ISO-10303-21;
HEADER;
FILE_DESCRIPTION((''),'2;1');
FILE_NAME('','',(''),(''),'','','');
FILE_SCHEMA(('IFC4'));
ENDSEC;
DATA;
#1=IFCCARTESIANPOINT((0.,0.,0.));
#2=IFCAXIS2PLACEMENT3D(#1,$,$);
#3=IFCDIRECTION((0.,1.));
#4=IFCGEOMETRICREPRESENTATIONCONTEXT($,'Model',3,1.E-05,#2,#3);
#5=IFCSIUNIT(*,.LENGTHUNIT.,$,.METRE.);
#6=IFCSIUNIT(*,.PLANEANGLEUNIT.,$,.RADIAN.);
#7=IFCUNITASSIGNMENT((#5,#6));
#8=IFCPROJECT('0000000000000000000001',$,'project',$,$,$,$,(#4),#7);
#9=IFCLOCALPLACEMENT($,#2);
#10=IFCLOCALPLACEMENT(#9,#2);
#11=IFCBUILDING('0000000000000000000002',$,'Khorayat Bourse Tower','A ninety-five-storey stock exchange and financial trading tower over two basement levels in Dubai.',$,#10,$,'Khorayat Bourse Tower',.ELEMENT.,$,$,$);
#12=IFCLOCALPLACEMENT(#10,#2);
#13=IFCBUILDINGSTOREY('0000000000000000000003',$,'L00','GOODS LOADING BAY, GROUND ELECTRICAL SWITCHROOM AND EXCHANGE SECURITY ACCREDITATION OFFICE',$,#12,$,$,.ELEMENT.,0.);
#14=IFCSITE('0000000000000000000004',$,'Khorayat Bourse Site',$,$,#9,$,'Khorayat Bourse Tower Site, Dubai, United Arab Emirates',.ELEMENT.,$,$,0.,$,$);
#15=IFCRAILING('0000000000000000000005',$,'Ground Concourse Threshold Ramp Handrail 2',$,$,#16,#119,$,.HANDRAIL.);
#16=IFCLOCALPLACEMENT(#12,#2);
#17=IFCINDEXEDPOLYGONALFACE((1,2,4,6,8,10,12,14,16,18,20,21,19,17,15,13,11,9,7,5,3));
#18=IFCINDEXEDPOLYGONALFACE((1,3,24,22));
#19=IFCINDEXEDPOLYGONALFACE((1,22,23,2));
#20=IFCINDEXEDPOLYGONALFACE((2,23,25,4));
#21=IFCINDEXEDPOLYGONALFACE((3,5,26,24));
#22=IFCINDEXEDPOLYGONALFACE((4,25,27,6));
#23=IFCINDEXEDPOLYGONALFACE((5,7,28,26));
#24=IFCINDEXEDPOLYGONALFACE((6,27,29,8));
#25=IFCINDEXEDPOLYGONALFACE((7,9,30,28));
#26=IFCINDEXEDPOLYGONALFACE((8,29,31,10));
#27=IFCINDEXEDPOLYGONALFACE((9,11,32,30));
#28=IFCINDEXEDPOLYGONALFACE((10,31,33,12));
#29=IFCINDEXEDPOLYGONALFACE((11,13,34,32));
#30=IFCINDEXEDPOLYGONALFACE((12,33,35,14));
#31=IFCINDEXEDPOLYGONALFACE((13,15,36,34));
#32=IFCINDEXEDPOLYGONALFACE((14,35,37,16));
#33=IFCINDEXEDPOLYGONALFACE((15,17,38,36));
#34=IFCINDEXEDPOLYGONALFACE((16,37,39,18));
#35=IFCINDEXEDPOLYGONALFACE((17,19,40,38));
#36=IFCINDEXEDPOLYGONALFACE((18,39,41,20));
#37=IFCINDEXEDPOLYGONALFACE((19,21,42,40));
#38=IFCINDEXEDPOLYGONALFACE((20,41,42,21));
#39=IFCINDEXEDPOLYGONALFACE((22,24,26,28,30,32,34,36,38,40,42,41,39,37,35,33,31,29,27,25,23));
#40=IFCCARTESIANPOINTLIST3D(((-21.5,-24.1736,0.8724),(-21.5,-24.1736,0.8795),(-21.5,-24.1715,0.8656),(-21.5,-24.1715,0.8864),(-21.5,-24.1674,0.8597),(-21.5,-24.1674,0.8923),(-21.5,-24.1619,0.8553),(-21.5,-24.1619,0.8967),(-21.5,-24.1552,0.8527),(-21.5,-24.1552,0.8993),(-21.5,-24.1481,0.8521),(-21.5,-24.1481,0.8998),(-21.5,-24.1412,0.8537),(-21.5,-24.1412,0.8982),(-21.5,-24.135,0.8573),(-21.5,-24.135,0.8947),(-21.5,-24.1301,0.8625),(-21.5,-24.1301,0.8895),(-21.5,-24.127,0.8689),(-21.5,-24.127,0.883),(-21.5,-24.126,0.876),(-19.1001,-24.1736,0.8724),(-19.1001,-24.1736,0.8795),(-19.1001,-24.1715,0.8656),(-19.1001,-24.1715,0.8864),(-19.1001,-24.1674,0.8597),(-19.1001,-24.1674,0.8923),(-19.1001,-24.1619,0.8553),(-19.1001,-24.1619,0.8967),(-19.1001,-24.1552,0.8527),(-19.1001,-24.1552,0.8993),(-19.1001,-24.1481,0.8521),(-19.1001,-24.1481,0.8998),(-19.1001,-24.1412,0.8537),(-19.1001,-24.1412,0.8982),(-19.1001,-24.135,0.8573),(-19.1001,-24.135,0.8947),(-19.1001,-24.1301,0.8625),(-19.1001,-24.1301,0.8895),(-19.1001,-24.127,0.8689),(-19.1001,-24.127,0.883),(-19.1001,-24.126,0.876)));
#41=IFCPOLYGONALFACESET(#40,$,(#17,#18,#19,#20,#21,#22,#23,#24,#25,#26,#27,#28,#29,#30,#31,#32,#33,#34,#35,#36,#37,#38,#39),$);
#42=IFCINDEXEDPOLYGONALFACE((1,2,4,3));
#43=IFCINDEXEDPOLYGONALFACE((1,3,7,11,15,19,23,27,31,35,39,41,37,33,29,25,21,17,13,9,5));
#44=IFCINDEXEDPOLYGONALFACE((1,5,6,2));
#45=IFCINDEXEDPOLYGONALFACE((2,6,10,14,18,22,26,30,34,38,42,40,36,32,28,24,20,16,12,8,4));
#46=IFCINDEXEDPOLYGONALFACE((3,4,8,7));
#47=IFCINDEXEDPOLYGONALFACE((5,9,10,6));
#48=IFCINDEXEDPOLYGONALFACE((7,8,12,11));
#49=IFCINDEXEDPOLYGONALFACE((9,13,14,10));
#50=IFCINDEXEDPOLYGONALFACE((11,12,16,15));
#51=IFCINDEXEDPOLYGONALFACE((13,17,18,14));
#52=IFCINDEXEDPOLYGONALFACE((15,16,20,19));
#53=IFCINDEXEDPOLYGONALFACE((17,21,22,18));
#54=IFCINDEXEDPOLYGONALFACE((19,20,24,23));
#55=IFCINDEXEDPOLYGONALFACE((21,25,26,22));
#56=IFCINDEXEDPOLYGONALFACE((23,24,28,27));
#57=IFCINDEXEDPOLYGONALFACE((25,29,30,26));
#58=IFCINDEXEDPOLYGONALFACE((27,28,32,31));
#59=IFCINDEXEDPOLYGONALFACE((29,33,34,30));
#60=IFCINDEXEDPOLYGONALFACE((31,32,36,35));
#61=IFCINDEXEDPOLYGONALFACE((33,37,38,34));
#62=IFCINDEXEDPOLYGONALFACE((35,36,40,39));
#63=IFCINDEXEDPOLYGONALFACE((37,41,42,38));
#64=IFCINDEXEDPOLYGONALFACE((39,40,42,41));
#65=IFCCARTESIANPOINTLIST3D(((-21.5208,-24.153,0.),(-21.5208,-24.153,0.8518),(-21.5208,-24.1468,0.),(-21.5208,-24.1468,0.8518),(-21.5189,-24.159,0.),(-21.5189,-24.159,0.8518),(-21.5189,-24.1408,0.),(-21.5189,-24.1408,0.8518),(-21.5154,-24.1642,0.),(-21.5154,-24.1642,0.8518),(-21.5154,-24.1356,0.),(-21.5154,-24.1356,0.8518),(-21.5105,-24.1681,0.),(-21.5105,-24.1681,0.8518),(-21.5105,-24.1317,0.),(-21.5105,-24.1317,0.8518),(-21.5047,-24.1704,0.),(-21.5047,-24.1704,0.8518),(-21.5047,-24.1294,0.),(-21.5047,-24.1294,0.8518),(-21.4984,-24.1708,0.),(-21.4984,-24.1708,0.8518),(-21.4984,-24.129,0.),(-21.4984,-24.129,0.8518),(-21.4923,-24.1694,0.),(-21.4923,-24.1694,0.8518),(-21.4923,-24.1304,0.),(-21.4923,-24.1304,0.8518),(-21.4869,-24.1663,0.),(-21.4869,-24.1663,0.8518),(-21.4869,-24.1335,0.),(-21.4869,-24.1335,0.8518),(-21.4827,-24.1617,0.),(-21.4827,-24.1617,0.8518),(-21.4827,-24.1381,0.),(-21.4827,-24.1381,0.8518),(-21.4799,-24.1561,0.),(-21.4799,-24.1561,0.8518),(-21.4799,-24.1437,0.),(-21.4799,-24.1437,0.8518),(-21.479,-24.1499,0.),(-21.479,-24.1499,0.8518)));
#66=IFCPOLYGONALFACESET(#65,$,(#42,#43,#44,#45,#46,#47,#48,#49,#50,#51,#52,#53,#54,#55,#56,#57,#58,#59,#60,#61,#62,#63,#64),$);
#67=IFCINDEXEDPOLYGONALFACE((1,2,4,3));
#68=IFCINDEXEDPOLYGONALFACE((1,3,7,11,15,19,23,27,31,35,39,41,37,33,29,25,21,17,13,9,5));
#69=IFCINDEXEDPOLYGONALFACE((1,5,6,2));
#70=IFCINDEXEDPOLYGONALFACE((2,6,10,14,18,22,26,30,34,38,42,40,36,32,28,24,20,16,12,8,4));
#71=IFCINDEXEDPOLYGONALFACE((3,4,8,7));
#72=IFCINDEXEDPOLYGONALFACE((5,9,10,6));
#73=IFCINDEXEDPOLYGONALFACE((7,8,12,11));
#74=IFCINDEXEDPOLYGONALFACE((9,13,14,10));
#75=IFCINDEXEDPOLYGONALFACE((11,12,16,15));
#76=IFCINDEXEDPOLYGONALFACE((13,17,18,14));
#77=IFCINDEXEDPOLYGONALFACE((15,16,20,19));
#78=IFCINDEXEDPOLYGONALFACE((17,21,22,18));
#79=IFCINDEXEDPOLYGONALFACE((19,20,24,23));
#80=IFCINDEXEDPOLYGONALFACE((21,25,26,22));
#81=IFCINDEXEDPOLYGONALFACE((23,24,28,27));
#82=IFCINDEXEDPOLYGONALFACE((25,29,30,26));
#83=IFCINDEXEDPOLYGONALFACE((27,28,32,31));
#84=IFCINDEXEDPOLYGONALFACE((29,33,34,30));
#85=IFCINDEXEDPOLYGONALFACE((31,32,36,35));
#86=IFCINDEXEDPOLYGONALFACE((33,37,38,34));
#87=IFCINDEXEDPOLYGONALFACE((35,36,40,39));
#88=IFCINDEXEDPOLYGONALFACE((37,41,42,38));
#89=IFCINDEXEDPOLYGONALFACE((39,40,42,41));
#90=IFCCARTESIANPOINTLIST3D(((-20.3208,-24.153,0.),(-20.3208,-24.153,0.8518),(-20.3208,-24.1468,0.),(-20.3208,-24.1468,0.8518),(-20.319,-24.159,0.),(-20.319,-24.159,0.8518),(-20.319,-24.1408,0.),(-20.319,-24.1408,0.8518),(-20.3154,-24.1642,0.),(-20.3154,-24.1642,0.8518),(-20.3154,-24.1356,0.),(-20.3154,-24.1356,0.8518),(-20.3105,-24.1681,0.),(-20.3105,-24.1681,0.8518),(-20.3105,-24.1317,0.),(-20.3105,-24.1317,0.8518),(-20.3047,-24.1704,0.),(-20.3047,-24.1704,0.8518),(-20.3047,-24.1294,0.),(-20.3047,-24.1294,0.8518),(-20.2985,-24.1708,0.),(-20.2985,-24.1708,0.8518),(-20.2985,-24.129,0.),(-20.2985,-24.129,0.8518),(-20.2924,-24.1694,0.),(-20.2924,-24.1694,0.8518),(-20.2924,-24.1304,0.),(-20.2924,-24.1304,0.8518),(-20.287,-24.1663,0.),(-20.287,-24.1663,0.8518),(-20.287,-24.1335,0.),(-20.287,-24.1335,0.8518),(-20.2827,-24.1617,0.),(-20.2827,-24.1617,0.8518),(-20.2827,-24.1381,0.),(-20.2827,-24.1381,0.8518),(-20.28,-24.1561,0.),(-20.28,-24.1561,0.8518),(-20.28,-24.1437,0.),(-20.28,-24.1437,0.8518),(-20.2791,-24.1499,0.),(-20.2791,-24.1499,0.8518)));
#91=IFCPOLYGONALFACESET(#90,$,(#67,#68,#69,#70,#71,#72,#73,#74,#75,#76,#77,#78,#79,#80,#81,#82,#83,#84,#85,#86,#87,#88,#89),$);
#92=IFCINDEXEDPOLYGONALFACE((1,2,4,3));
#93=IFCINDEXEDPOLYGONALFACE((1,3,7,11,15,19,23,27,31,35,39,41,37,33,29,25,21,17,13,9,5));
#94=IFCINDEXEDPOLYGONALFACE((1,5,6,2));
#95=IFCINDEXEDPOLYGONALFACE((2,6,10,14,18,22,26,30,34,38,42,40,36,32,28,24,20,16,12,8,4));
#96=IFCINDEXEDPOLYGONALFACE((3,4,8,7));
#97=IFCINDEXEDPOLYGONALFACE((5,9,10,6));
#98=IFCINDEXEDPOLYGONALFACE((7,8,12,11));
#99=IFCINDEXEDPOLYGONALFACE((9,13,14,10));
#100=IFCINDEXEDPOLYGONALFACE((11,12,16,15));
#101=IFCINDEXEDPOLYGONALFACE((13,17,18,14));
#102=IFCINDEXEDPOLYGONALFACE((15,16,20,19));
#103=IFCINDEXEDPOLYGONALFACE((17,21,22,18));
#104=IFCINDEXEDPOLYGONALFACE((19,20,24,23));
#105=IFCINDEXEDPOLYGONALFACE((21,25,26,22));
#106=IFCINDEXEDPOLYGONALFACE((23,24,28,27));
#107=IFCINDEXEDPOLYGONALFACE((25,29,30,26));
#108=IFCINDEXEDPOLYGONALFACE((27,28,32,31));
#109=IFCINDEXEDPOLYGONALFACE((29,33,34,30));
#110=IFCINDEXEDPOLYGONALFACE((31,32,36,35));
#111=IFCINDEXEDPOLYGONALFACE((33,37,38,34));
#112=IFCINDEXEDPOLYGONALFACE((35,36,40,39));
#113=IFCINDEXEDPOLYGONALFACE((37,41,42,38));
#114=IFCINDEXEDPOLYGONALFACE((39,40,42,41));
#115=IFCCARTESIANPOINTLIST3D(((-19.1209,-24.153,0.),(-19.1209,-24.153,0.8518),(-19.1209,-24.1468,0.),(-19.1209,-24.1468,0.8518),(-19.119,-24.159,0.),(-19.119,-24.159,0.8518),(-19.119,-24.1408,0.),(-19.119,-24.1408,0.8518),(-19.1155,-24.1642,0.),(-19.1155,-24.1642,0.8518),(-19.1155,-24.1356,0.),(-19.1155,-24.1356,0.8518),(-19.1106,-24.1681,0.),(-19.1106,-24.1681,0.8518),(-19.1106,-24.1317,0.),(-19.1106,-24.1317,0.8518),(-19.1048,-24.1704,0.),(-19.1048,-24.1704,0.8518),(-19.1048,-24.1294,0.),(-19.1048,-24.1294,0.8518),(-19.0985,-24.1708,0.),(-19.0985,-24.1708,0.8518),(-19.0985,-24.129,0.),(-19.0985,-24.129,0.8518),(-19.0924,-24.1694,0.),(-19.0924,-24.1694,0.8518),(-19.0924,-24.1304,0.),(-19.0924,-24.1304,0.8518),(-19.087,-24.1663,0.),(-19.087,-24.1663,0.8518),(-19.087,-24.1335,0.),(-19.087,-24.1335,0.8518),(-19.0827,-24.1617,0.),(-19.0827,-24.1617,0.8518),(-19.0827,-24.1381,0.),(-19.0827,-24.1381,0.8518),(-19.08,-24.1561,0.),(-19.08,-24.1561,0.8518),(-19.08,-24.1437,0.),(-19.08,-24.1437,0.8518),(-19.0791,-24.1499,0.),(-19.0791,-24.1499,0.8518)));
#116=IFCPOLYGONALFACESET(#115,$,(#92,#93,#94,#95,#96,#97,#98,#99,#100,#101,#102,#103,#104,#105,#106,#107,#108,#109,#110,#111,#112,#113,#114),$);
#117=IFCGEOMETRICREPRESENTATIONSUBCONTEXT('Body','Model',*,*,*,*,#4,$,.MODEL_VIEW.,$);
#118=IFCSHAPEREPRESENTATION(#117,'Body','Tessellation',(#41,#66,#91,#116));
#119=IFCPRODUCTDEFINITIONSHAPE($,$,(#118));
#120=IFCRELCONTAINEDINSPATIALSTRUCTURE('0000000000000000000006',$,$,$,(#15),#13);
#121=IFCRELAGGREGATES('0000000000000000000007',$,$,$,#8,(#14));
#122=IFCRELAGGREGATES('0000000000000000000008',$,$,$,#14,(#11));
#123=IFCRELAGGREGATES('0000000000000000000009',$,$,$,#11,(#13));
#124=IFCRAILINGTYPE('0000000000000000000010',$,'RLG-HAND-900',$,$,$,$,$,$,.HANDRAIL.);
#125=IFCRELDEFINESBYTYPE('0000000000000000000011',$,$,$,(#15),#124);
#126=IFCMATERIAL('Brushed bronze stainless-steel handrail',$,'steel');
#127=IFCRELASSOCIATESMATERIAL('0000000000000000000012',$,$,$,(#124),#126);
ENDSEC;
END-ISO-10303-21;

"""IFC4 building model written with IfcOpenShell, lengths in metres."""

from ifc_helpers import new_model, si_unit, direction, frame, origin, origin_2d, place, context, subcontext, project, spatial, circle, extrude, source, transform, mapped, material, type_object, element, save


model = new_model("IFC4")

# Units and contexts
model_context = context("Model", 3, precision=1e-05, world=origin(), true_north=direction((0.0, 1.0)))
body_context = subcontext(model_context, "Body", "Model", "MODEL_VIEW")
ifc_project = project(units=[si_unit("LENGTHUNIT", "METRE"), si_unit("PLANEANGLEUNIT", "RADIAN")], contexts=[model_context])

# Site, building, storey
site_placement = place(None, origin())
site = spatial("IfcSite", under=ifc_project, at=site_placement, Name="Khorayat Bourse Site", LongName="Khorayat Bourse Tower Site, Dubai, United Arab Emirates", CompositionType="ELEMENT", RefElevation=0.0)
building_placement = place(site_placement, origin())
building = spatial("IfcBuilding", under=site, at=building_placement, Name="Khorayat Bourse Tower", Description="A ninety-five-storey stock exchange and financial trading tower over two basement levels in Dubai.", LongName="Khorayat Bourse Tower", CompositionType="ELEMENT")
storey_placement = place(building_placement, origin())
storey = spatial("IfcBuildingStorey", under=building, at=storey_placement, Name="L00", Description="GOODS LOADING BAY, GROUND ELECTRICAL SWITCHROOM AND EXCHANGE SECURITY ACCREDITATION OFFICE", CompositionType="ELEMENT", Elevation=0.0)

# Railing
ifc_material_1 = material(Name="Brushed bronze stainless-steel handrail", Category="steel")
railing_type = type_object("IfcRailingType", Name="RLG-HAND-900", PredefinedType="HANDRAIL", material=ifc_material_1)
shared_shape_1 = source(origin(), body_context, "Body", "SweptSolid", [
    extrude(circle(Radius=0.0239, at=origin_2d()), frame((0.0, 0.0, 0.876), z_axis=(1.0, 0.0, 0.0), x_axis=(0.0, 1.0, 0.0)), (0.0, 0.0, 1.0), 2.3999),
    extrude(circle(Radius=0.021, at=origin_2d()), origin(), (0.0, 0.0, 1.0), 0.8518),
    extrude(circle(Radius=0.021, at=origin_2d()), frame((1.2, 0.0, 0.0)), (0.0, 0.0, 1.0), 0.8518),
    extrude(circle(Radius=0.021, at=origin_2d()), frame((2.3999, 0.0, 0.0)), (0.0, 0.0, 1.0), 0.8518),
])
for number, where, name in (
    (1, (-21.5, -24.1499, 0.0), "Ground Concourse Threshold Ramp Handrail 2"),
):
    element("IfcRailing", number, at=place(storey_placement, frame(where)), inside=storey, type_object=railing_type, Name=name, PredefinedType="HANDRAIL", context=body_context, shape_type="MappedRepresentation", body=[
        mapped(shared_shape_1, transform((0.0, 0.0, 0.0), scale=1.0)),
    ])

save(model, "model.ifc")
